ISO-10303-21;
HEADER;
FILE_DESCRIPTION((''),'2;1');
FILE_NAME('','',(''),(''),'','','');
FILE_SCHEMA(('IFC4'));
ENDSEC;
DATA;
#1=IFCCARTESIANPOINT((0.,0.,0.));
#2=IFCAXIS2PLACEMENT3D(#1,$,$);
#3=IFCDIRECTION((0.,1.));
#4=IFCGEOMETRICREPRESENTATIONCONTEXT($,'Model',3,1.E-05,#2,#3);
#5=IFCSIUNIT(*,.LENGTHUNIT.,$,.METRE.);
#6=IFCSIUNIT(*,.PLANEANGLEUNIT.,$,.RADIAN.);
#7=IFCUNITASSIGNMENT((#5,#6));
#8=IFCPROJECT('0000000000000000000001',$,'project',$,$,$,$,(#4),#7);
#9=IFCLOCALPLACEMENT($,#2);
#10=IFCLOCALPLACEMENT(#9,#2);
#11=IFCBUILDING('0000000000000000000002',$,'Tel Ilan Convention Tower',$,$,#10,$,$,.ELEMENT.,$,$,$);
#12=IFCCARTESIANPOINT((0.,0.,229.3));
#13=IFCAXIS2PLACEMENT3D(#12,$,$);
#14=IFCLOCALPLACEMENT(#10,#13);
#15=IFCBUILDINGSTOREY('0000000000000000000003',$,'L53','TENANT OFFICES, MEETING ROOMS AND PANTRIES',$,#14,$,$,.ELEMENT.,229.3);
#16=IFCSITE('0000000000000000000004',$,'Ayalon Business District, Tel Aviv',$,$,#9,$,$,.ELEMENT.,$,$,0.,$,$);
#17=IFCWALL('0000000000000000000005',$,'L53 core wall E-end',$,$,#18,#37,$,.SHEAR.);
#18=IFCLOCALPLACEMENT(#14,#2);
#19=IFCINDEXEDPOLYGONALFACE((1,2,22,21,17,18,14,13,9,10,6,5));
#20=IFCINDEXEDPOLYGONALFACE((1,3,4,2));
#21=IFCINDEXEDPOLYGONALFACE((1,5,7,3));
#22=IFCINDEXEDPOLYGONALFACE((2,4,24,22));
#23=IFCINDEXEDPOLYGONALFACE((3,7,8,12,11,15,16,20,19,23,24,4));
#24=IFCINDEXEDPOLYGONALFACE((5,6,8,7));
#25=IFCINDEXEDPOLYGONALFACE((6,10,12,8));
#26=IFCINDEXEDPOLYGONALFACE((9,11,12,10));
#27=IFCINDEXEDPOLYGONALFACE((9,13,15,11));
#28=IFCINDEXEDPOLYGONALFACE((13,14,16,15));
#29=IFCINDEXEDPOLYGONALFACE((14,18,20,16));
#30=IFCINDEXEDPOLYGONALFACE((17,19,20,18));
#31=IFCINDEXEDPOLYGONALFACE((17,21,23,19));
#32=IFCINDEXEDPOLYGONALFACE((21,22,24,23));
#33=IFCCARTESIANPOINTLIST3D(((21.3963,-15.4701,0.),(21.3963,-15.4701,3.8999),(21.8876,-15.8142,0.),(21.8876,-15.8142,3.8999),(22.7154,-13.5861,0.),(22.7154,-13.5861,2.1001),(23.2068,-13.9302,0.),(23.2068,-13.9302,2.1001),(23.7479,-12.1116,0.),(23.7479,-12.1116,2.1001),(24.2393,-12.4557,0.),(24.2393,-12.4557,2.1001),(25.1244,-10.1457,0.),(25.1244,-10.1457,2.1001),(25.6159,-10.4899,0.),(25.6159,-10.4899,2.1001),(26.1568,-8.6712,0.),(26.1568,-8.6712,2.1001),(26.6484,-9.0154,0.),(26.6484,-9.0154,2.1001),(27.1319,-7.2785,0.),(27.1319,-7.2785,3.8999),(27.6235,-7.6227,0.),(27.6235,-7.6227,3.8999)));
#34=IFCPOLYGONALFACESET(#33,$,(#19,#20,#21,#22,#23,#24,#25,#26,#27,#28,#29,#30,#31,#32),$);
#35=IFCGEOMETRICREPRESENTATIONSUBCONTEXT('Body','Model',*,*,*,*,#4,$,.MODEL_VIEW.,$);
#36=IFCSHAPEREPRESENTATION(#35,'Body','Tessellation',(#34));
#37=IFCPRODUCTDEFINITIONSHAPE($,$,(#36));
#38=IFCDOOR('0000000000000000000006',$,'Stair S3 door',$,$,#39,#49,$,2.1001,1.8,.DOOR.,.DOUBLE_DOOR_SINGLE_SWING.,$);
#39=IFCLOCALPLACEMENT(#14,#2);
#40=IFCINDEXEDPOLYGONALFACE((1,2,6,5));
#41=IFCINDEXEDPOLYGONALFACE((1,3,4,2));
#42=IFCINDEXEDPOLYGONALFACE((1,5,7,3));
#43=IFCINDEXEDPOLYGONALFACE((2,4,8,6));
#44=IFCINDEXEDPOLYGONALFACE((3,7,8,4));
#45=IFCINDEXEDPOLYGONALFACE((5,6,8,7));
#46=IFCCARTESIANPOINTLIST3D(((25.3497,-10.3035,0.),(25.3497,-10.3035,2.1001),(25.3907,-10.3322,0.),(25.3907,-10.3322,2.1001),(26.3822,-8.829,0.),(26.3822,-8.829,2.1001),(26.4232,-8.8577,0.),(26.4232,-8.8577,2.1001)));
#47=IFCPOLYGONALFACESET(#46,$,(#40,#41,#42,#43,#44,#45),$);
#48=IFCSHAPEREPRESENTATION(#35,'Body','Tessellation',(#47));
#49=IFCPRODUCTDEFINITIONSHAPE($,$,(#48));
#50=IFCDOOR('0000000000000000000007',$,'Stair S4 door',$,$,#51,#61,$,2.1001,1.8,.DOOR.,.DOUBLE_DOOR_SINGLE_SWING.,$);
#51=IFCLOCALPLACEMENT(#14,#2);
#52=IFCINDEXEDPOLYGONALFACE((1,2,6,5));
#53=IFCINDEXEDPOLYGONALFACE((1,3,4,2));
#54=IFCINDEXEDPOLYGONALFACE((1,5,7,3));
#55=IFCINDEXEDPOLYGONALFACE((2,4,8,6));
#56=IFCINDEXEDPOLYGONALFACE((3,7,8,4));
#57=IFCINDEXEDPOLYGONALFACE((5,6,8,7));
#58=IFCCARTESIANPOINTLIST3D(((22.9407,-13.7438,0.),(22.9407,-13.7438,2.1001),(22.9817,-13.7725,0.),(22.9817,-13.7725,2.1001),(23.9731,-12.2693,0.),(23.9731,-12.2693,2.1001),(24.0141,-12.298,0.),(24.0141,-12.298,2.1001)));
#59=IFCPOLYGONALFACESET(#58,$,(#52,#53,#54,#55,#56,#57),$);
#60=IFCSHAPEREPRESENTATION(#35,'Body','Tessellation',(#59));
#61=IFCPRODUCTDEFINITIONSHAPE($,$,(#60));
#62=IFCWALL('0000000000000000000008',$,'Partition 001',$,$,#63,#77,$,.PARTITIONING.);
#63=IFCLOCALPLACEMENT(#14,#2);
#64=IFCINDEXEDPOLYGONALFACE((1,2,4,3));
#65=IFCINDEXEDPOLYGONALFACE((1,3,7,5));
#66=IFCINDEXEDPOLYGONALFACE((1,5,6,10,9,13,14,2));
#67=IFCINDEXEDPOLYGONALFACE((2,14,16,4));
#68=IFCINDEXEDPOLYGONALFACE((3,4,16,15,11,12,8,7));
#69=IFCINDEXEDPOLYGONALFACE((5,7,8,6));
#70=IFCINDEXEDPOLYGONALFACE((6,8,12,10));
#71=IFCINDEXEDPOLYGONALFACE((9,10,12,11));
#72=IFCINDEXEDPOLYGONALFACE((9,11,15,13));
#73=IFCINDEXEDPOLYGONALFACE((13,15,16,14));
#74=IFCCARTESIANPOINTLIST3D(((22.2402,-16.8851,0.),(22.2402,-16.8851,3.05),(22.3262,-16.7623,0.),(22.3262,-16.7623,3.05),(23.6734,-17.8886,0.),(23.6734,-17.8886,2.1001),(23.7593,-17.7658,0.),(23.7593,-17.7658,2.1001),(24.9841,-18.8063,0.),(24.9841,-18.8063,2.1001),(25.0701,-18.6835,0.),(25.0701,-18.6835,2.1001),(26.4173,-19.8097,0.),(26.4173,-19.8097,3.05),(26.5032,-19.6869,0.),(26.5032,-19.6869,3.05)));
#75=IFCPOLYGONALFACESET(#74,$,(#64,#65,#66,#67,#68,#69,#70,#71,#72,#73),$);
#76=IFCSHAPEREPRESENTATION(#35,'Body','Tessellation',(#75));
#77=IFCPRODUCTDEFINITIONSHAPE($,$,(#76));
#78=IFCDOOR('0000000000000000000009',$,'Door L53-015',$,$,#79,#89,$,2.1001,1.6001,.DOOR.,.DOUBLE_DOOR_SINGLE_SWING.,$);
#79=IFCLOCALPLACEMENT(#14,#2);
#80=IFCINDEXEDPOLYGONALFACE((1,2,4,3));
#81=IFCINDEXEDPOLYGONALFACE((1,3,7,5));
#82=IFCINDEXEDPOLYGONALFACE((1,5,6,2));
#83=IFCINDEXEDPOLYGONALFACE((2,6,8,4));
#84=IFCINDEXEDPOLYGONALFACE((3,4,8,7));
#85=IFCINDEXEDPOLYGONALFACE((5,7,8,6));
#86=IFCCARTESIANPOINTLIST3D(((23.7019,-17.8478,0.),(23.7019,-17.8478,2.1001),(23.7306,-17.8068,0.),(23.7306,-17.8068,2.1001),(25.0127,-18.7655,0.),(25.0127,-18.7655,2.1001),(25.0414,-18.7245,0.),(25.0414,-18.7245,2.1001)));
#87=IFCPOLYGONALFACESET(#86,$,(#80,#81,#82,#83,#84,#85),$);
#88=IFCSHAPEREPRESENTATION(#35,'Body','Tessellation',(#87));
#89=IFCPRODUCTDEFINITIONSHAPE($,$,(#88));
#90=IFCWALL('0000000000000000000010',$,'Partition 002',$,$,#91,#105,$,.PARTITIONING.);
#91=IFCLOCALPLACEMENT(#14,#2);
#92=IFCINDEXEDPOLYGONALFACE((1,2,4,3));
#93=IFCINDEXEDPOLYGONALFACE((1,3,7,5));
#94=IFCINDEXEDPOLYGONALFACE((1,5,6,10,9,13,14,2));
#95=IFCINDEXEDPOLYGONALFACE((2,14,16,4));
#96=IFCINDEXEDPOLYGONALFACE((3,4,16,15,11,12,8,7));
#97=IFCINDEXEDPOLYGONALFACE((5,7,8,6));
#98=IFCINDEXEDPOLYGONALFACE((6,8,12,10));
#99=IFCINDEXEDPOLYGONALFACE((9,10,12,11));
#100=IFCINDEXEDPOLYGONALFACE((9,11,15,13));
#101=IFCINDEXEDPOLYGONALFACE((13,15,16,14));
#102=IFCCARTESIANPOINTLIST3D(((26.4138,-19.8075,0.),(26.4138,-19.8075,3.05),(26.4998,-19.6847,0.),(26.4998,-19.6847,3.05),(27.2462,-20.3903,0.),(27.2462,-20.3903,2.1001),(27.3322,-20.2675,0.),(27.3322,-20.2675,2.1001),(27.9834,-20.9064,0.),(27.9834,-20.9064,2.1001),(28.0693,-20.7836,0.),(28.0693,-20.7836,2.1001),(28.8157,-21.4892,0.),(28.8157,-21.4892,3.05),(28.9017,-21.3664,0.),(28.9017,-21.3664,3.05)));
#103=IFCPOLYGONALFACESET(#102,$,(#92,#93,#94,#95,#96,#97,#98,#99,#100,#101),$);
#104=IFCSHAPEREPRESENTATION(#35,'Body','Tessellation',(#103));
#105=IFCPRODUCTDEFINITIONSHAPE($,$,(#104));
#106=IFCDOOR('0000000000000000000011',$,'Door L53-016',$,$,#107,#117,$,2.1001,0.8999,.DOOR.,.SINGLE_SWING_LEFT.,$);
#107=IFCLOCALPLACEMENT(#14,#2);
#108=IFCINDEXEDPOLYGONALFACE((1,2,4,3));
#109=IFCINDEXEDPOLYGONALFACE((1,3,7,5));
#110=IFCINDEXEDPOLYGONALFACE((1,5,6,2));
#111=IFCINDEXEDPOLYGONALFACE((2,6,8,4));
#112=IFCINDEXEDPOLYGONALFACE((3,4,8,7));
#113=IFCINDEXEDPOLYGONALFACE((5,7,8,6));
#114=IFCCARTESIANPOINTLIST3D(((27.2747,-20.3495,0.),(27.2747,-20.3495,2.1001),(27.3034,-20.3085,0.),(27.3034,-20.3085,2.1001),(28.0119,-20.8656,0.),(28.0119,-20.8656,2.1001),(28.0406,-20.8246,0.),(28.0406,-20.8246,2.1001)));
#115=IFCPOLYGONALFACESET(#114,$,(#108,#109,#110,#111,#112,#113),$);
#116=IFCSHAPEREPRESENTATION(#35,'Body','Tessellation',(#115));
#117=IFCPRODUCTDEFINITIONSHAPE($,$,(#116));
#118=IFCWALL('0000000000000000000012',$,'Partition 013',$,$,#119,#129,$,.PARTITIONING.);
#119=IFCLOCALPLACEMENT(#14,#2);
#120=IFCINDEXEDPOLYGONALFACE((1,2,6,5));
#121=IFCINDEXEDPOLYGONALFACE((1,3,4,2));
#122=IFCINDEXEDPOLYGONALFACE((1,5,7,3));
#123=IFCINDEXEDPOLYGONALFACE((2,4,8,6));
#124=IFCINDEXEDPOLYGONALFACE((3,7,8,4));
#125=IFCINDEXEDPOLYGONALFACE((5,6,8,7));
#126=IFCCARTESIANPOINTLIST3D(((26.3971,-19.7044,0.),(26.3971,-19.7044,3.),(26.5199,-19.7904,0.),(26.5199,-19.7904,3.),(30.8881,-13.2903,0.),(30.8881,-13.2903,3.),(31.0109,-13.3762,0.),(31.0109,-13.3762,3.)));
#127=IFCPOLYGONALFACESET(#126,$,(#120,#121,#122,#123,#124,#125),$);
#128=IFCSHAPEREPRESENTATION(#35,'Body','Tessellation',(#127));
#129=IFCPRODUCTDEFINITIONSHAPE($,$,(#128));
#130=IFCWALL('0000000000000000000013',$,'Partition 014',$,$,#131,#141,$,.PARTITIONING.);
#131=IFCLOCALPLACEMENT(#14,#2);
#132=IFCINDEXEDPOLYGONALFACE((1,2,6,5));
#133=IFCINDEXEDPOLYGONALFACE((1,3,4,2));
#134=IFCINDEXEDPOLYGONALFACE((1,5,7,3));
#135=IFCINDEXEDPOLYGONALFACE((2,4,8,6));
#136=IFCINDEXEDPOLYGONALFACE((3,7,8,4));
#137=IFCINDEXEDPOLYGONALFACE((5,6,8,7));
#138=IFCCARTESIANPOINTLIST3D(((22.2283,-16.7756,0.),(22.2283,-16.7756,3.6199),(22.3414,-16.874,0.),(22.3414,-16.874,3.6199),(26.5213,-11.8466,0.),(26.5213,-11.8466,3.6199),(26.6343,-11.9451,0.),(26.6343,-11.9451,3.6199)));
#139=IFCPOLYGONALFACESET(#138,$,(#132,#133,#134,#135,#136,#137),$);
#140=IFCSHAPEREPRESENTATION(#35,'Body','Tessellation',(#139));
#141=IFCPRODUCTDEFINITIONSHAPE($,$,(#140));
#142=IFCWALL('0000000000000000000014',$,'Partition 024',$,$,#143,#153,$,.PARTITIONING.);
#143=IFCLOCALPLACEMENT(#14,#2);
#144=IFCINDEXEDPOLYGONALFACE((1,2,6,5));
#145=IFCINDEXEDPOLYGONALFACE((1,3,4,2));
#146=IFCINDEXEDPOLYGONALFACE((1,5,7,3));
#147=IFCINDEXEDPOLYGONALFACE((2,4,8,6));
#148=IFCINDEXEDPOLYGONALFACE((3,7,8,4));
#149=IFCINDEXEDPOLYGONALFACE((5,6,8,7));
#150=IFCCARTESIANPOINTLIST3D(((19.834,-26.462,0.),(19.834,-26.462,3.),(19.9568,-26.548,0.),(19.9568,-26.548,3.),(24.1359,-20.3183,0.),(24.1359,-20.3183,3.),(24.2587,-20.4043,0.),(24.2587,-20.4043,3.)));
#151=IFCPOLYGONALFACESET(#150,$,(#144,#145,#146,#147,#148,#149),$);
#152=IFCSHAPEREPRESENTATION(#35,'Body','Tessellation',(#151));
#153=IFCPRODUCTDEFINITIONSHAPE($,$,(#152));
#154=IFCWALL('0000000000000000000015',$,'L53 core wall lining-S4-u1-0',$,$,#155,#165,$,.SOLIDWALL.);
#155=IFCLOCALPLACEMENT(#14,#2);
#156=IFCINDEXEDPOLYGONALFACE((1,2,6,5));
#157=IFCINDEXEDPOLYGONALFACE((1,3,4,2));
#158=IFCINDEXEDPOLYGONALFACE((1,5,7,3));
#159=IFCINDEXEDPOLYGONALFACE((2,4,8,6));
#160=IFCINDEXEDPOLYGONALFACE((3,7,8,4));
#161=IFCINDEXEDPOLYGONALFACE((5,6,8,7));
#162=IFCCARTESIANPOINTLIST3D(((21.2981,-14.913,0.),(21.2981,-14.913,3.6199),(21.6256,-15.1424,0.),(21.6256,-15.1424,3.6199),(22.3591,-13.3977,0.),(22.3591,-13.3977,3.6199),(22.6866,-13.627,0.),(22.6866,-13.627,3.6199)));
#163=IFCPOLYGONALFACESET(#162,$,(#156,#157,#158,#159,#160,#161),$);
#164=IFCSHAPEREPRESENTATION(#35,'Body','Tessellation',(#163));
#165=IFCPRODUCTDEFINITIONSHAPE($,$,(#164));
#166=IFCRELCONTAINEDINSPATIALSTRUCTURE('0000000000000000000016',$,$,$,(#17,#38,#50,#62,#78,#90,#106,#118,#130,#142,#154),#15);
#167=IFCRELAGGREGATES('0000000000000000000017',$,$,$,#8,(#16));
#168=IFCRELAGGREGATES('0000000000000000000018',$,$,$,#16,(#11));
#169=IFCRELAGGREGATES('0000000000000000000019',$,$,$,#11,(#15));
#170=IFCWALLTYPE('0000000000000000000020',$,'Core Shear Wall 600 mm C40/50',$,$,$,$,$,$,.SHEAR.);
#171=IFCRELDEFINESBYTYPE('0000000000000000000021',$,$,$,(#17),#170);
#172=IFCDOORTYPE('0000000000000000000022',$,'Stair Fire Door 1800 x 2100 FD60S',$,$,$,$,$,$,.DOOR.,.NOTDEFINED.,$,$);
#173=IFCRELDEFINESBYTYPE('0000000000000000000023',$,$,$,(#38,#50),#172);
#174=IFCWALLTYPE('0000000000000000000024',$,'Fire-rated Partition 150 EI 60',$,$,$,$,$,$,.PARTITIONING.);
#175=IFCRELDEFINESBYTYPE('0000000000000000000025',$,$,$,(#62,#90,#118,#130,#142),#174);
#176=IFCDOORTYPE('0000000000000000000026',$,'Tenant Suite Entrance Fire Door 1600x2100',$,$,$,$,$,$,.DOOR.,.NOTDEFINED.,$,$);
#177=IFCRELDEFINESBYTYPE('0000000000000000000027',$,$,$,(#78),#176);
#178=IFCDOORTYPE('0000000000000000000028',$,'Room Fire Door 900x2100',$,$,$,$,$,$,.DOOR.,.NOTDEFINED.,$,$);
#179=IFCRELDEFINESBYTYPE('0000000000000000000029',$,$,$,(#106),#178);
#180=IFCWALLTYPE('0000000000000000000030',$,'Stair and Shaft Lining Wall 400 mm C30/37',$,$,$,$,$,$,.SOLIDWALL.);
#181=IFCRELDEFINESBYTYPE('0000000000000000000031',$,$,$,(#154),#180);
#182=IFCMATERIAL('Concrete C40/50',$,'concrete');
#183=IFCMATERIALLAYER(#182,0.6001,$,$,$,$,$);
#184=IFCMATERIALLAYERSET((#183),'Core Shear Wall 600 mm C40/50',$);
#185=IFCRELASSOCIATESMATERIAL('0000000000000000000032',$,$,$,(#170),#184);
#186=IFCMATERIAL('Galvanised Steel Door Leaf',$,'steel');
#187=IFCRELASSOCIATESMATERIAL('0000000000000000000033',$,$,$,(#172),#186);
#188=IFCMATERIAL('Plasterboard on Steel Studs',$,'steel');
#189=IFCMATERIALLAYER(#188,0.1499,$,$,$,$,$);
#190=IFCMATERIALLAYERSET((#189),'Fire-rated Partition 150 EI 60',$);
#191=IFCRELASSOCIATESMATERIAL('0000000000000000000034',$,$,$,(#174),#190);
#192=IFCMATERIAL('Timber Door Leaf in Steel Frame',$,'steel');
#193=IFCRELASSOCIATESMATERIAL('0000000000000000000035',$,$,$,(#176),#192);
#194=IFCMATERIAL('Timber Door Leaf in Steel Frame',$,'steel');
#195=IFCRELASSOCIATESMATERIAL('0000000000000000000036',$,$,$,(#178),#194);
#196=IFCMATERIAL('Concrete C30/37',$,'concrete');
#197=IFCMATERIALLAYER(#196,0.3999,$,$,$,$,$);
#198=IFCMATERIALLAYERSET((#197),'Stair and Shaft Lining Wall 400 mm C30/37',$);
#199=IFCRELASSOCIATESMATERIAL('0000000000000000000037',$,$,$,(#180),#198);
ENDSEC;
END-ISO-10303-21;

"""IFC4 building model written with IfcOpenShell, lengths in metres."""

from ifc_helpers import new_model, si_unit, direction, frame, frame_2d, origin, place, context, subcontext, project, spatial, polyline, rectangle, outline, extrude, material, layer, layer_set, type_object, element, fill, save


model = new_model("IFC4")

# Units and contexts
model_context = context("Model", 3, precision=1e-05, world=origin(), true_north=direction((0.0, 1.0)))
body_context = subcontext(model_context, "Body", "Model", "MODEL_VIEW")
ifc_project = project(units=[si_unit("LENGTHUNIT", "METRE"), si_unit("PLANEANGLEUNIT", "RADIAN")], contexts=[model_context])

# Site, building, storey
site_placement = place(None, origin())
site = spatial("IfcSite", under=ifc_project, at=site_placement, Name="Ayalon Business District, Tel Aviv", CompositionType="ELEMENT", RefElevation=0.0)
building_placement = place(site_placement, origin())
building = spatial("IfcBuilding", under=site, at=building_placement, Name="Tel Ilan Convention Tower", CompositionType="ELEMENT")
storey_placement = place(building_placement, frame((0.0, 0.0, 229.3)))
storey = spatial("IfcBuildingStorey", under=building, at=storey_placement, Name="L53", Description="TENANT OFFICES, MEETING ROOMS AND PANTRIES", CompositionType="ELEMENT", Elevation=229.3)

# Wall, openings, doors
ifc_material_1 = material(Name="Concrete C40/50", Category="concrete")
ifc_layer_1 = layer(ifc_material_1, 0.6001)
ifc_layer_set_1 = layer_set([ifc_layer_1], Name="Core Shear Wall 600 mm C40/50")
wall_type_1 = type_object("IfcWallType", Name="Core Shear Wall 600 mm C40/50", PredefinedType="SHEAR", material=ifc_layer_set_1)
wall_1_placement = place(storey_placement, frame((21.6418, -15.6421, 0.0), z_axis=(0.0, 0.0, 1.0), x_axis=(0.573587, 0.819145, 0.0)))
wall_1 = element("IfcWall", 1, at=wall_1_placement, inside=storey, type_object=wall_type_1, Name="L53 core wall E-end", PredefinedType="SHEAR", context=body_context, shape_type="SweptSolid", body=[
    extrude(outline(polyline([(10.0, 0.3), (0.0, 0.2998), (0.0, -0.3), (10.0, -0.3), (10.0, 0.3)])), origin(), (0.0, 0.0, 1.0), 3.8999),
])
opening_1_placement = place(wall_1_placement, frame((6.5, 0.0, 0.0)))
opening_1 = element("IfcOpeningElement", 2, at=opening_1_placement, cuts=wall_1, PredefinedType="OPENING", context=body_context, shape_type="SweptSolid", body=[
    extrude(rectangle(XDim=1.8, YDim=2.1001, at=frame_2d((0.8999, 1.05))), frame((0.0, 0.3101, 0.0), z_axis=(0.0, -1.0, 0.0), x_axis=(1.0, 0.0, 0.0)), (0.0, 0.0, 1.0), 0.6201),
])
opening_2_placement = place(wall_1_placement, frame((2.3, 0.0, 0.0)))
opening_2 = element("IfcOpeningElement", 3, at=opening_2_placement, cuts=wall_1, PredefinedType="OPENING", context=body_context, shape_type="SweptSolid", body=[
    extrude(rectangle(XDim=1.8, YDim=2.1001, at=frame_2d((0.8999, 1.05))), frame((0.0, 0.3101, 0.0), z_axis=(0.0, -1.0, 0.0), x_axis=(1.0, 0.0, 0.0)), (0.0, 0.0, 1.0), 0.6201),
])
ifc_material_2 = material(Name="Galvanised Steel Door Leaf", Category="steel")
door_type_1 = type_object("IfcDoorType", Name="Stair Fire Door 1800 x 2100 FD60S", OperationType="NOTDEFINED", PredefinedType="DOOR", material=ifc_material_2)
door_1_placement = place(opening_1_placement, origin())
door_1 = element("IfcDoor", 4, at=door_1_placement, inside=storey, type_object=door_type_1, Name="Stair S3 door", OperationType="DOUBLE_DOOR_SINGLE_SWING", OverallHeight=2.1001, OverallWidth=1.8, PredefinedType="DOOR", context=body_context, shape_type="SweptSolid", body=[
    extrude(rectangle(XDim=1.8, YDim=2.1001, at=frame_2d((0.8999, 1.05))), frame((0.0, 0.0249, 0.0), z_axis=(0.0, -1.0, 0.0), x_axis=(1.0, 0.0, 0.0)), (0.0, 0.0, 1.0), 0.05),
])
fill(opening_1, door_1)
door_2_placement = place(opening_2_placement, origin())
door_2 = element("IfcDoor", 5, at=door_2_placement, inside=storey, type_object=door_type_1, Name="Stair S4 door", OperationType="DOUBLE_DOOR_SINGLE_SWING", OverallHeight=2.1001, OverallWidth=1.8, PredefinedType="DOOR", context=body_context, shape_type="SweptSolid", body=[
    extrude(rectangle(XDim=1.8, YDim=2.1001, at=frame_2d((0.8999, 1.05))), frame((0.0, 0.0249, 0.0), z_axis=(0.0, -1.0, 0.0), x_axis=(1.0, 0.0, 0.0)), (0.0, 0.0, 1.0), 0.05),
])
fill(opening_2, door_2)

# Walls, openings, doors
ifc_material_3 = material(Name="Plasterboard on Steel Studs", Category="steel")
ifc_layer_2 = layer(ifc_material_3, 0.1499)
ifc_layer_set_2 = layer_set([ifc_layer_2], Name="Fire-rated Partition 150 EI 60")
wall_type_2 = type_object("IfcWallType", Name="Fire-rated Partition 150 EI 60", PredefinedType="PARTITIONING", material=ifc_layer_set_2)
wall_2_placement = place(storey_placement, frame((22.2832, -16.8237, 0.0), z_axis=(0.0, 0.0, 1.0), x_axis=(0.819171, -0.573549, 0.0)))
wall_2 = element("IfcWall", 6, at=wall_2_placement, inside=storey, type_object=wall_type_2, Name="Partition 001", PredefinedType="PARTITIONING", context=body_context, shape_type="SweptSolid", body=[
    extrude(rectangle(XDim=5.0991, YDim=0.1499, at=frame_2d((2.5496, 0.0))), origin(), (0.0, 0.0, 1.0), 3.05),
])
opening_3_placement = place(wall_2_placement, frame((1.7495, 0.0, 0.0)))
opening_3 = element("IfcOpeningElement", 7, at=opening_3_placement, cuts=wall_2, PredefinedType="OPENING", context=body_context, shape_type="SweptSolid", body=[
    extrude(rectangle(XDim=1.6001, YDim=2.1001, at=frame_2d((0.8, 1.05))), frame((0.0, 0.085, 0.0), z_axis=(0.0, -1.0, 0.0), x_axis=(1.0, 0.0, 0.0)), (0.0, 0.0, 1.0), 0.1699),
])
ifc_material_4 = material(Name="Timber Door Leaf in Steel Frame", Category="steel")
door_type_2 = type_object("IfcDoorType", Name="Tenant Suite Entrance Fire Door 1600x2100", OperationType="NOTDEFINED", PredefinedType="DOOR", material=ifc_material_4)
door_3_placement = place(opening_3_placement, origin())
door_3 = element("IfcDoor", 8, at=door_3_placement, inside=storey, type_object=door_type_2, Name="Door L53-015", OperationType="DOUBLE_DOOR_SINGLE_SWING", OverallHeight=2.1001, OverallWidth=1.6001, PredefinedType="DOOR", context=body_context, shape_type="SweptSolid", body=[
    extrude(rectangle(XDim=1.6001, YDim=2.1001, at=frame_2d((0.8, 1.05))), frame((0.0, 0.0249, 0.0), z_axis=(0.0, -1.0, 0.0), x_axis=(1.0, 0.0, 0.0)), (0.0, 0.0, 1.0), 0.05),
])
fill(opening_3, door_3)
wall_3_placement = place(storey_placement, frame((26.4568, -19.7461, 0.0), z_axis=(0.0, 0.0, 1.0), x_axis=(0.819177, -0.573541, 0.0)))
wall_3 = element("IfcWall", 9, at=wall_3_placement, inside=storey, type_object=wall_type_2, Name="Partition 002", PredefinedType="PARTITIONING", context=body_context, shape_type="SweptSolid", body=[
    extrude(rectangle(XDim=2.9321, YDim=0.1499, at=frame_2d((1.4661, 0.0))), origin(), (0.0, 0.0, 1.0), 3.05),
])
opening_4_placement = place(wall_3_placement, frame((1.0161, 0.0, 0.0)))
opening_4 = element("IfcOpeningElement", 10, at=opening_4_placement, cuts=wall_3, PredefinedType="OPENING", context=body_context, shape_type="SweptSolid", body=[
    extrude(rectangle(XDim=0.8999, YDim=2.1001, at=frame_2d((0.45, 1.05))), frame((0.0, 0.085, 0.0), z_axis=(0.0, -1.0, 0.0), x_axis=(1.0, 0.0, 0.0)), (0.0, 0.0, 1.0), 0.1699),
])
ifc_material_5 = material(Name="Timber Door Leaf in Steel Frame", Category="steel")
door_type_3 = type_object("IfcDoorType", Name="Room Fire Door 900x2100", OperationType="NOTDEFINED", PredefinedType="DOOR", material=ifc_material_5)
door_4_placement = place(opening_4_placement, origin())
door_4 = element("IfcDoor", 11, at=door_4_placement, inside=storey, type_object=door_type_3, Name="Door L53-016", OperationType="SINGLE_SWING_LEFT", OverallHeight=2.1001, OverallWidth=0.8999, PredefinedType="DOOR", context=body_context, shape_type="SweptSolid", body=[
    extrude(rectangle(XDim=0.8999, YDim=2.1001, at=frame_2d((0.45, 1.05))), frame((0.0, 0.0249, 0.0), z_axis=(0.0, -1.0, 0.0), x_axis=(1.0, 0.0, 0.0)), (0.0, 0.0, 1.0), 0.05),
])
fill(opening_4, door_4)

# Walls
wall_4_placement = place(storey_placement, frame((30.9495, -13.3333, 0.0), z_axis=(0.0, 0.0, 1.0), x_axis=(-0.573559, -0.819165, 0.0)))
element("IfcWall", 12, at=wall_4_placement, inside=storey, type_object=wall_type_2, Name="Partition 013", PredefinedType="PARTITIONING", context=body_context, shape_type="SweptSolid", body=[
    extrude(rectangle(XDim=7.8301, YDim=0.1499, at=frame_2d((3.915, 0.0))), origin(), (0.0, 0.0, 1.0), 3.0),
])
wall_5_placement = place(storey_placement, frame((22.2849, -16.8247, 0.0), z_axis=(0.0, 0.0, 1.0), x_axis=(0.656781, 0.754081, 0.0)))
element("IfcWall", 13, at=wall_5_placement, inside=storey, type_object=wall_type_2, Name="Partition 014", PredefinedType="PARTITIONING", context=body_context, shape_type="SweptSolid", body=[
    extrude(rectangle(XDim=6.5364, YDim=0.1499, at=frame_2d((3.2681, 0.0))), origin(), (0.0, 0.0, 1.0), 3.6199),
])
wall_6_placement = place(storey_placement, frame((24.1973, -20.3613, 0.0), z_axis=(0.0, 0.0, 1.0), x_axis=(-0.573576, -0.819152, 0.0)))
element("IfcWall", 14, at=wall_6_placement, inside=storey, type_object=wall_type_2, Name="Partition 024", PredefinedType="PARTITIONING", context=body_context, shape_type="SweptSolid", body=[
    extrude(rectangle(XDim=7.5, YDim=0.1499, at=frame_2d((3.75, 0.0))), origin(), (0.0, 0.0, 1.0), 3.0),
])
ifc_material_6 = material(Name="Concrete C30/37", Category="concrete")
ifc_layer_3 = layer(ifc_material_6, 0.3999)
ifc_layer_set_3 = layer_set([ifc_layer_3], Name="Stair and Shaft Lining Wall 400 mm C30/37")
wall_type_3 = type_object("IfcWallType", Name="Stair and Shaft Lining Wall 400 mm C30/37", PredefinedType="SOLIDWALL", material=ifc_layer_set_3)
wall_7_placement = place(storey_placement, frame((21.4619, -15.0276, 0.0), z_axis=(0.0, 0.0, 1.0), x_axis=(0.57356, 0.819164, 0.0)))
element("IfcWall", 15, at=wall_7_placement, inside=storey, type_object=wall_type_3, Name="L53 core wall lining-S4-u1-0", PredefinedType="SOLIDWALL", context=body_context, shape_type="SweptSolid", body=[
    extrude(rectangle(XDim=1.8499, YDim=0.3999, at=frame_2d((0.9248, 0.0))), origin(), (0.0, 0.0, 1.0), 3.6199),
])

save(model, "model.ifc")
